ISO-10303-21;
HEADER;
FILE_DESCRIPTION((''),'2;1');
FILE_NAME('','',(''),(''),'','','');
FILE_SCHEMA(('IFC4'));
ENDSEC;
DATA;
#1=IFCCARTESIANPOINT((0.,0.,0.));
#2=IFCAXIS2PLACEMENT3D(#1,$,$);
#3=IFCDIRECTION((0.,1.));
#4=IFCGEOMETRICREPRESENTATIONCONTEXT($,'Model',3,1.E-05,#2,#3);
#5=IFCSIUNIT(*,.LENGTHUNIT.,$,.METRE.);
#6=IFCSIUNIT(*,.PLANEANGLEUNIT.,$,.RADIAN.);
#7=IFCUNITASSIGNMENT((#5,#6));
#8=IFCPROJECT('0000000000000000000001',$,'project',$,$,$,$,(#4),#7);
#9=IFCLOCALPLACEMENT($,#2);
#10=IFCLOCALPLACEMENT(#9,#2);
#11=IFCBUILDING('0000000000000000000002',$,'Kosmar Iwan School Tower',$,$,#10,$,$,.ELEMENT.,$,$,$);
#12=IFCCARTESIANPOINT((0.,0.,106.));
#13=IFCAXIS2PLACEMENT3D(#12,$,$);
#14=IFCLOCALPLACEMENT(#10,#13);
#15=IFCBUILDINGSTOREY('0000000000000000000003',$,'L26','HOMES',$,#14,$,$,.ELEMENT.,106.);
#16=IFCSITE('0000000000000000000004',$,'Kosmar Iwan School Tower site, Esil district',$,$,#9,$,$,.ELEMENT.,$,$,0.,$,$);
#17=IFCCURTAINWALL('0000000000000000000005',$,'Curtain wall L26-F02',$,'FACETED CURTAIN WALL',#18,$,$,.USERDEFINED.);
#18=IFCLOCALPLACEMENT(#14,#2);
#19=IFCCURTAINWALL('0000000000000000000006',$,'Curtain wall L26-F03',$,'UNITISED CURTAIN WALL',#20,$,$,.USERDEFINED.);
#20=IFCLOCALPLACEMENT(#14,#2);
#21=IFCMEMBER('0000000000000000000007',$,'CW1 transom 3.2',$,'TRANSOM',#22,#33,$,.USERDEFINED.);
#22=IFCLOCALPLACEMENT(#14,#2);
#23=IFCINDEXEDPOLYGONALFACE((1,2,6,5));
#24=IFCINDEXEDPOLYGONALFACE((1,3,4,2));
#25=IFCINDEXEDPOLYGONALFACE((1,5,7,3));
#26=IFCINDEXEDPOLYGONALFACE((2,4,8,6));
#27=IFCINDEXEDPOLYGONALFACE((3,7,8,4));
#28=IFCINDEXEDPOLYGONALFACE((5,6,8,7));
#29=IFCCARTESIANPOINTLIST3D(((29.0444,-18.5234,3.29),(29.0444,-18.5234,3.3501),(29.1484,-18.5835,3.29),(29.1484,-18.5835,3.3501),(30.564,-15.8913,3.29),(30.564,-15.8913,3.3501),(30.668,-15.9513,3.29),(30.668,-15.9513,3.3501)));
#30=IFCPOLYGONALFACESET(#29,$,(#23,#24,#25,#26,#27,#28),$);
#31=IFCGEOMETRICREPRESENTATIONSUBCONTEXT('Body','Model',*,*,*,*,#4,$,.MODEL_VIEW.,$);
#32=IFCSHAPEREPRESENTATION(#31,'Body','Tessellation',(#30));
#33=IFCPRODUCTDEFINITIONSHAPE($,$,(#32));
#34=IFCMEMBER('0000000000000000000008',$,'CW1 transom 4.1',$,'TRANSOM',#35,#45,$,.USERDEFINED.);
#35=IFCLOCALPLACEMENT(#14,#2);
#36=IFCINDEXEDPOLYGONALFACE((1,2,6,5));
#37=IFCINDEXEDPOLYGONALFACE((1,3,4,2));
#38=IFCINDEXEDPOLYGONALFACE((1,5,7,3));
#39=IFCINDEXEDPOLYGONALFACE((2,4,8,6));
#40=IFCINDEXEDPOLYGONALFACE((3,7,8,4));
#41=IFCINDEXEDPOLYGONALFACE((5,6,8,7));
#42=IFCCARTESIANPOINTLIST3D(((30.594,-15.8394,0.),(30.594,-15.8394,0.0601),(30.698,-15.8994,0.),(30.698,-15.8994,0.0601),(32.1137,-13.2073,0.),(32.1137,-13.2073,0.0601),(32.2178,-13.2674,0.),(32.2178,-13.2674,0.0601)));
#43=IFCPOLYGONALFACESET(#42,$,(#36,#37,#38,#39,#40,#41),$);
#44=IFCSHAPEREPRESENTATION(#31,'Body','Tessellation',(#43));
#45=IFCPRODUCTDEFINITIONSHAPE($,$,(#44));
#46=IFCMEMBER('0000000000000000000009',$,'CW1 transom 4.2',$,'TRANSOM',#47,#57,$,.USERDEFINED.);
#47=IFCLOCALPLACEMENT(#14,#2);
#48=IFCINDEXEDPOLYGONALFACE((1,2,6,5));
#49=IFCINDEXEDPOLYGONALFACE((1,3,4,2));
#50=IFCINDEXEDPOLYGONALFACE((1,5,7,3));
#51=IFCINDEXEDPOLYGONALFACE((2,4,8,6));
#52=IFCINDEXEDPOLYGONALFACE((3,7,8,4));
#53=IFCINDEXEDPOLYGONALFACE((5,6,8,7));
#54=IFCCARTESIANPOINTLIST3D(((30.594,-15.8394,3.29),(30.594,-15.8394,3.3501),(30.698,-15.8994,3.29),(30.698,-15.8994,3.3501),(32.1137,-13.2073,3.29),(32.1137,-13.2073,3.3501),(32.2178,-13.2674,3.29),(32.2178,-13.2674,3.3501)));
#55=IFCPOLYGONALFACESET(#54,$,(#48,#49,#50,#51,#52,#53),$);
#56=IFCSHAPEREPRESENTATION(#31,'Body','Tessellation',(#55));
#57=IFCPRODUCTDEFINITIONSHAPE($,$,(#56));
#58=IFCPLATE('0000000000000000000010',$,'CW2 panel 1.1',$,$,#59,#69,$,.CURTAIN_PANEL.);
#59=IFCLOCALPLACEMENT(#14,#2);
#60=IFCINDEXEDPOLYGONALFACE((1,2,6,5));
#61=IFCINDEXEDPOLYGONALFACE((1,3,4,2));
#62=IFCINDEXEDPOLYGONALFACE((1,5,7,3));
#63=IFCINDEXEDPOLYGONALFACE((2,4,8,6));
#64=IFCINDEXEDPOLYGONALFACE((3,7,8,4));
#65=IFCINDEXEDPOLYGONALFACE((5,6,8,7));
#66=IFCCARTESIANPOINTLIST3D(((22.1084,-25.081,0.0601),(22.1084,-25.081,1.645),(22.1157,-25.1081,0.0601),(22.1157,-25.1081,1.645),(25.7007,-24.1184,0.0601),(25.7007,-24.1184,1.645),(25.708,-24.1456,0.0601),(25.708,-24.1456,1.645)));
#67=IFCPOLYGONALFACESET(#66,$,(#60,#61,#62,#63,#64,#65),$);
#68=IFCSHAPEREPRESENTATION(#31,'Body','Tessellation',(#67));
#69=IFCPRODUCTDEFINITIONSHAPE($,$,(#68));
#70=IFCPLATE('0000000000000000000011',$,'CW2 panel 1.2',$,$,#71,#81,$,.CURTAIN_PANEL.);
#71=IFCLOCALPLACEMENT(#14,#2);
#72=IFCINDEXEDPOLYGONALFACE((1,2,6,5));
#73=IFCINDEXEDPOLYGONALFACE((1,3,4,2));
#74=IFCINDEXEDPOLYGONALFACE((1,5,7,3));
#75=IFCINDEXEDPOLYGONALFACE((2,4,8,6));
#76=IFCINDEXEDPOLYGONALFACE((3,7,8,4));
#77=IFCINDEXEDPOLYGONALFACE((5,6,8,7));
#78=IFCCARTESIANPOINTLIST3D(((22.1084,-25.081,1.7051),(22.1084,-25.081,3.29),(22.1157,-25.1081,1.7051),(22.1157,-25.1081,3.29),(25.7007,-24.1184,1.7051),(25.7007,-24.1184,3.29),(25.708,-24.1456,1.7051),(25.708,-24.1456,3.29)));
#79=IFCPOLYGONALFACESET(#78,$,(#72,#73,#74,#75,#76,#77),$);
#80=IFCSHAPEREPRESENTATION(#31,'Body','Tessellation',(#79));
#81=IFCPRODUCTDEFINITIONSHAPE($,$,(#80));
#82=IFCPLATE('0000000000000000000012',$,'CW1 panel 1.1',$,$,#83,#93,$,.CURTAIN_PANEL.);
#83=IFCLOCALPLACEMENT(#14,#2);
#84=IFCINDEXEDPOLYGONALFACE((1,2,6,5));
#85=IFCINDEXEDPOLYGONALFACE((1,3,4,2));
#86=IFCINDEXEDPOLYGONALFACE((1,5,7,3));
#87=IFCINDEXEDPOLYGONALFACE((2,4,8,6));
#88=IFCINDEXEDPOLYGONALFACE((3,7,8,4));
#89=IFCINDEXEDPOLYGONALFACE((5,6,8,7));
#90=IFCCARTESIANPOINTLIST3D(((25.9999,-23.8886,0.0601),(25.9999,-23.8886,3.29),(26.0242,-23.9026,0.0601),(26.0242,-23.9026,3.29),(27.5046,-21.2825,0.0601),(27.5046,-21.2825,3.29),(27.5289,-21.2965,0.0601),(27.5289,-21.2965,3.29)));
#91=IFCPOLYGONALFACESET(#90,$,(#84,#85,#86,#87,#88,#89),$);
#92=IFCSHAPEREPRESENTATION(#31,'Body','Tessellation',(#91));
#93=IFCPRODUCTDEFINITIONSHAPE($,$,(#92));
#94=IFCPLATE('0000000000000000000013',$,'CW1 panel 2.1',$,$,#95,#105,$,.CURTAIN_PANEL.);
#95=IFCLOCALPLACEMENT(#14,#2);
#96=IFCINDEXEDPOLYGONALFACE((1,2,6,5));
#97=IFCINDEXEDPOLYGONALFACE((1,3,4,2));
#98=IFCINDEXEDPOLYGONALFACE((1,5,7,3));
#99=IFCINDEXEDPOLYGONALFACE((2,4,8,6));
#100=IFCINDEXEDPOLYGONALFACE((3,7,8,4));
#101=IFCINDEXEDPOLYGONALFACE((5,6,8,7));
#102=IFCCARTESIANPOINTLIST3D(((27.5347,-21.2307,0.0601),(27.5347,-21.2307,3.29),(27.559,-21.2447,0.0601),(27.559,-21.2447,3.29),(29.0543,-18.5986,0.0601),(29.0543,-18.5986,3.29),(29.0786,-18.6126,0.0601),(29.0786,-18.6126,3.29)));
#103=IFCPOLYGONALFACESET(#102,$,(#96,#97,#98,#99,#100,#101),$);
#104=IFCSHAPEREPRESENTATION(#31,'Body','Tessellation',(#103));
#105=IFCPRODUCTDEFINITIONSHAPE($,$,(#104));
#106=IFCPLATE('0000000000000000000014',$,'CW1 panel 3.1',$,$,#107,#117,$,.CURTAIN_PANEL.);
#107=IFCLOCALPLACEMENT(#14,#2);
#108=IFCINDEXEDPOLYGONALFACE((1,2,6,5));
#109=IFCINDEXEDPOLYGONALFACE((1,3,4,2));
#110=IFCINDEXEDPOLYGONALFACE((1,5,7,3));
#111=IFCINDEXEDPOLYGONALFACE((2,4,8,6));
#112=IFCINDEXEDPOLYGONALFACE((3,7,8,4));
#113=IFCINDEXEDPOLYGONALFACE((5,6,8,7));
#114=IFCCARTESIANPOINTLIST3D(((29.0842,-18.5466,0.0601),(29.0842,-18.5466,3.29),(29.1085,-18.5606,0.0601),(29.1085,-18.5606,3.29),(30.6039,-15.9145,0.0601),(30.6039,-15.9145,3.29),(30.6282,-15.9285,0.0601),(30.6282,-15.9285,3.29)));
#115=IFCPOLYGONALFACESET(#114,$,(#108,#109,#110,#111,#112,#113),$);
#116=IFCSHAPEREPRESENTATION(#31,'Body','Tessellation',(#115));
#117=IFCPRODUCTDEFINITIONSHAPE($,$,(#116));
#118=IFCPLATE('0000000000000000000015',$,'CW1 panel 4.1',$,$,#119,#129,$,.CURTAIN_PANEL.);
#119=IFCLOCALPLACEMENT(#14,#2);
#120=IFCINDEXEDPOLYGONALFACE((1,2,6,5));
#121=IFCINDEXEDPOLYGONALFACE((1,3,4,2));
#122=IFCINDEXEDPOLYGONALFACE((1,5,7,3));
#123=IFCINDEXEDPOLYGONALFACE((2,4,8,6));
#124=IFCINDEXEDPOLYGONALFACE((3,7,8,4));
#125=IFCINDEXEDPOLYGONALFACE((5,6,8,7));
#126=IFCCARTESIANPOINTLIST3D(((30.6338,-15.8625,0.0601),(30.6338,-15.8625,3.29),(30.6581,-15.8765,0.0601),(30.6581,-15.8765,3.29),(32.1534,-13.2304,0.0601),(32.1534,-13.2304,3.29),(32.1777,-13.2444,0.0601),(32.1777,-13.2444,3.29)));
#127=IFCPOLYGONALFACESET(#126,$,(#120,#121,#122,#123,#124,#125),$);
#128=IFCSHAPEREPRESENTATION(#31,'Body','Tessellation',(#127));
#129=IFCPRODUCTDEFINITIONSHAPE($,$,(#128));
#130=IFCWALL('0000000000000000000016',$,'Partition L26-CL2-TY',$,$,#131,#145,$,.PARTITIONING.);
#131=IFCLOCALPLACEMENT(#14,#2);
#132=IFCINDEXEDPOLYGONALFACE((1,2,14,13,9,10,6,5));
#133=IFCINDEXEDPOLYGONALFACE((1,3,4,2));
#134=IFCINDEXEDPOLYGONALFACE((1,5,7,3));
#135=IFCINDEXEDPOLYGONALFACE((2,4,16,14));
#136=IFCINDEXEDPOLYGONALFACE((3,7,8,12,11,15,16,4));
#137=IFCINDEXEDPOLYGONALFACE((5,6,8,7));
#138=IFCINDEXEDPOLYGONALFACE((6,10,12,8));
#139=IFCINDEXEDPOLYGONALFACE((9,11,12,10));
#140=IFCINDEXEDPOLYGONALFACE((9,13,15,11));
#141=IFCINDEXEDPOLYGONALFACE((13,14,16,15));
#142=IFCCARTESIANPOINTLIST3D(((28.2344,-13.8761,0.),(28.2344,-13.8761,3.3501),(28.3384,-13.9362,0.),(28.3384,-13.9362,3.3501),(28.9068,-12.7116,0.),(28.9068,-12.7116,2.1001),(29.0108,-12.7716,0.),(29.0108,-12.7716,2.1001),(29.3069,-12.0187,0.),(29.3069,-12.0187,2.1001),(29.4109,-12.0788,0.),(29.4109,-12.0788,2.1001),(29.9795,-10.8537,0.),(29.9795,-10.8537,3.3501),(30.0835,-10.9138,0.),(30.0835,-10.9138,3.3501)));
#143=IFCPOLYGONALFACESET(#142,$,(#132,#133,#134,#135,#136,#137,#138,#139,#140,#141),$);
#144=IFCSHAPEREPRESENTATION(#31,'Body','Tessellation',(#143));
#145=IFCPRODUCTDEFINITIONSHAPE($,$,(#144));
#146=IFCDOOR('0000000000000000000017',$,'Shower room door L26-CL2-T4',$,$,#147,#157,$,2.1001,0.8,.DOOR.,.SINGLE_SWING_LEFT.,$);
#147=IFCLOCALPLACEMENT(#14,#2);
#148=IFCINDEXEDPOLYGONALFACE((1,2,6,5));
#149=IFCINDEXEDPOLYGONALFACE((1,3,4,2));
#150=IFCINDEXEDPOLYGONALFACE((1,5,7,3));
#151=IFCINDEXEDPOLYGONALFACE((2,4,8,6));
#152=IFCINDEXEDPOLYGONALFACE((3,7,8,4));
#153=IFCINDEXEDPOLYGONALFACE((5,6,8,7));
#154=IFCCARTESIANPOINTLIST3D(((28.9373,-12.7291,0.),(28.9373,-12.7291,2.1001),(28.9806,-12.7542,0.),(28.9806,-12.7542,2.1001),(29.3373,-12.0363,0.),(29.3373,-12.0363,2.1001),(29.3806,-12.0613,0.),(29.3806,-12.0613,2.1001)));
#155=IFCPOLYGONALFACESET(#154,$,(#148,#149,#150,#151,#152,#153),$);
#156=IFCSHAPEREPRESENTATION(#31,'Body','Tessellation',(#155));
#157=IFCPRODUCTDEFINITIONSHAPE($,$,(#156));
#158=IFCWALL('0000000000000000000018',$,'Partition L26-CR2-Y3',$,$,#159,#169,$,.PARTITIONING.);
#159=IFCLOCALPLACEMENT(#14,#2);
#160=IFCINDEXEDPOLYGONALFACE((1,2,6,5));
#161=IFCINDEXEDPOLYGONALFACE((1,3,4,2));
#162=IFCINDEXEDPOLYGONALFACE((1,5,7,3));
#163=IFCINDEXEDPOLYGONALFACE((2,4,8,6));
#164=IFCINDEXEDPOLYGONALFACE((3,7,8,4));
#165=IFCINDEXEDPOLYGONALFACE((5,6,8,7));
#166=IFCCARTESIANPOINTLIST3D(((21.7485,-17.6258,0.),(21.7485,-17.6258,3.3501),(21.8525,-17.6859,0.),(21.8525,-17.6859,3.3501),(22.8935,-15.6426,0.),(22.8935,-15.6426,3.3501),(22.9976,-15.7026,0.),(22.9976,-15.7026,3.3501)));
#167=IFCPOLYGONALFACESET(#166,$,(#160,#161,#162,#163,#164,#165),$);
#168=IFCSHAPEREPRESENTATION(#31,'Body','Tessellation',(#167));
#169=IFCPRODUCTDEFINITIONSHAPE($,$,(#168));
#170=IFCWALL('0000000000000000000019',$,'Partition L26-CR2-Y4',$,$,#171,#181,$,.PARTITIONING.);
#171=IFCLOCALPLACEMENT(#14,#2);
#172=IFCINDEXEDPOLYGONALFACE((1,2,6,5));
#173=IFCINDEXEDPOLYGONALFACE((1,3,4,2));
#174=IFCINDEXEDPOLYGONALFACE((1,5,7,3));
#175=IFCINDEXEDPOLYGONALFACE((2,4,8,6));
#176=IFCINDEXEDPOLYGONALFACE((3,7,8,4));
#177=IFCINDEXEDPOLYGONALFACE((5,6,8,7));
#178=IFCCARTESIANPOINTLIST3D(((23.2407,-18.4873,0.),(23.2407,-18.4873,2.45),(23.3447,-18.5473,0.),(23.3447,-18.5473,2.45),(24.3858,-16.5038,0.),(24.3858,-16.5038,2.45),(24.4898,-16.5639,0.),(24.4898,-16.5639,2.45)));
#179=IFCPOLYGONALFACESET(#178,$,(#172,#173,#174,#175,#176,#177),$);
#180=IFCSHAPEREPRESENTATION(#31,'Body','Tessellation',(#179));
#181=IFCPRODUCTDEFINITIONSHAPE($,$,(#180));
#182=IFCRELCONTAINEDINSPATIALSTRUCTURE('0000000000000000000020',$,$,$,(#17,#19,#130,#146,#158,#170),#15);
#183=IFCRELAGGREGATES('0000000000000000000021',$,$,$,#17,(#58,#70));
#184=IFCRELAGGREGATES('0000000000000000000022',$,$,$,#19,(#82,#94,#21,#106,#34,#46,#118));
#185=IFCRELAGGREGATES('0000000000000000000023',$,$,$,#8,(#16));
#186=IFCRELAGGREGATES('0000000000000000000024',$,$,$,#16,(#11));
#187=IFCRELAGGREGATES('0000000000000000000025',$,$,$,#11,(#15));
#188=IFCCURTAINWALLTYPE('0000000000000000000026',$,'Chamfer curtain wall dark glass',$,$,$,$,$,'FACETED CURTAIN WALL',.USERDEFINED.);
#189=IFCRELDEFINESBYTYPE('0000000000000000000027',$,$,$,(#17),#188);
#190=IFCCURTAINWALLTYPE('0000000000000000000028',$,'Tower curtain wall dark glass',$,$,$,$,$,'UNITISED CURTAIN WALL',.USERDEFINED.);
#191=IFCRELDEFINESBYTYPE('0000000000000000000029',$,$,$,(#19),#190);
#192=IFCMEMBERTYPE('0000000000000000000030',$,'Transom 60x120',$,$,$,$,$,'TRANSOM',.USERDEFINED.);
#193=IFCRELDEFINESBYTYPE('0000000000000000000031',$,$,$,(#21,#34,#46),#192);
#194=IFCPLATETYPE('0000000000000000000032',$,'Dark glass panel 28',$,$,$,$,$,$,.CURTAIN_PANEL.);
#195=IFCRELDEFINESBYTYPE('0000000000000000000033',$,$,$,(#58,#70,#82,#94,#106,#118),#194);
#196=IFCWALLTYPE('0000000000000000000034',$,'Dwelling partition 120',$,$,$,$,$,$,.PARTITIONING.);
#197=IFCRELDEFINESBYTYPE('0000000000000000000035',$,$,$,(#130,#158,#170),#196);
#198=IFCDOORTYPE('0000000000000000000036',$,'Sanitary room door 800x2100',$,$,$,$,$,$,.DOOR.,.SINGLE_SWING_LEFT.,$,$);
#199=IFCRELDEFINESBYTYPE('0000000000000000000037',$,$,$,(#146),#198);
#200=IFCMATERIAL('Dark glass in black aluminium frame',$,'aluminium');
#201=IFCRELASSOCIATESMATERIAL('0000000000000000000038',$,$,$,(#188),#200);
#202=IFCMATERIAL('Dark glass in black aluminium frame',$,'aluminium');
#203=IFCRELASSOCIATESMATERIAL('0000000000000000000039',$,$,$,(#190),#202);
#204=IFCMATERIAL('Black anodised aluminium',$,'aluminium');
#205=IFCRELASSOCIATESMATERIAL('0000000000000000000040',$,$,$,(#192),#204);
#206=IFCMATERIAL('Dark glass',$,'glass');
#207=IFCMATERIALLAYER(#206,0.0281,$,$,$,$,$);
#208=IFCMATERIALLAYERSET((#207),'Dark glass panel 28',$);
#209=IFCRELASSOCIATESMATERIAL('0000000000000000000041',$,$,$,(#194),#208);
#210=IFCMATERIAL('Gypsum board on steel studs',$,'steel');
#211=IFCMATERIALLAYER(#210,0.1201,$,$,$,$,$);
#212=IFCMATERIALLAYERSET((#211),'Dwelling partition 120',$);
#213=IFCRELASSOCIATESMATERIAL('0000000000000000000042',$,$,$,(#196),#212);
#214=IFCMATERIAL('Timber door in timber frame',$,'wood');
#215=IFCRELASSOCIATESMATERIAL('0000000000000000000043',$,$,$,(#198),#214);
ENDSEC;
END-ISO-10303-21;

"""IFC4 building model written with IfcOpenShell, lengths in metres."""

from ifc_helpers import new_model, si_unit, direction, frame, frame_2d, origin, origin_2d, place, context, subcontext, project, spatial, rectangle, extrude, material, layer, layer_set, material_profile, profile_set, type_object, element, fill, aggregate, save


model = new_model("IFC4")

# Units and contexts
model_context = context("Model", 3, precision=1e-05, world=origin(), true_north=direction((0.0, 1.0)))
body_context = subcontext(model_context, "Body", "Model", "MODEL_VIEW")
ifc_project = project(units=[si_unit("LENGTHUNIT", "METRE"), si_unit("PLANEANGLEUNIT", "RADIAN")], contexts=[model_context])

# Site, building, storey
site_placement = place(None, origin())
site = spatial("IfcSite", under=ifc_project, at=site_placement, Name="Kosmar Iwan School Tower site, Esil district", CompositionType="ELEMENT", RefElevation=0.0)
building_placement = place(site_placement, origin())
building = spatial("IfcBuilding", under=site, at=building_placement, Name="Kosmar Iwan School Tower", CompositionType="ELEMENT")
storey_placement = place(building_placement, frame((0.0, 0.0, 106.0)))
storey = spatial("IfcBuildingStorey", under=building, at=storey_placement, Name="L26", Description="HOMES", CompositionType="ELEMENT", Elevation=106.0)

# Curtain wall
ifc_material_1 = material(Name="Dark glass in black aluminium frame", Category="aluminium")
curtain_wall_type_1 = type_object("IfcCurtainWallType", Name="Chamfer curtain wall dark glass", ElementType="FACETED CURTAIN WALL", PredefinedType="USERDEFINED", material=ifc_material_1)
curtain_wall_1_placement = place(storey_placement, origin())
curtain_wall_1 = element("IfcCurtainWall", 1, at=curtain_wall_1_placement, inside=storey, type_object=curtain_wall_type_1, Name="Curtain wall L26-F02", ObjectType="FACETED CURTAIN WALL", PredefinedType="USERDEFINED")

# Curtain wall
ifc_material_2 = material(Name="Dark glass in black aluminium frame", Category="aluminium")
curtain_wall_type_2 = type_object("IfcCurtainWallType", Name="Tower curtain wall dark glass", ElementType="UNITISED CURTAIN WALL", PredefinedType="USERDEFINED", material=ifc_material_2)
curtain_wall_2_placement = place(storey_placement, origin())
curtain_wall_2 = element("IfcCurtainWall", 2, at=curtain_wall_2_placement, inside=storey, type_object=curtain_wall_type_2, Name="Curtain wall L26-F03", ObjectType="UNITISED CURTAIN WALL", PredefinedType="USERDEFINED")

# Members
ifc_material_3 = material(Name="Black anodised aluminium", Category="aluminium")
ifc_material_profile_1 = material_profile(ifc_material_3, rectangle(XDim=0.1201, YDim=0.0601, at=origin_2d()), Name="TRANSOM 60x120")
ifc_profile_set_1 = profile_set([ifc_material_profile_1], Name="Black anodised aluminium")
member_type_1 = type_object("IfcMemberType", Name="Transom 60x120", ElementType="TRANSOM", PredefinedType="USERDEFINED", material=ifc_profile_set_1)
member_1_placement = place(storey_placement, frame((29.0964, -18.5535, 3.3201), z_axis=(0.499975, 0.86604, 0.0), x_axis=(-0.86604, 0.499975, 0.0)))
member_1 = element("IfcMember", 3, at=member_1_placement, type_object=member_type_1, Name="CW1 transom 3.2", ObjectType="TRANSOM", PredefinedType="USERDEFINED", context=body_context, shape_type="SweptSolid", body=[
    extrude(rectangle(XDim=0.1201, YDim=0.0601, at=origin_2d()), origin(), (0.0, 0.0, 1.0), 3.0393),
])
member_2_placement = place(storey_placement, frame((30.646, -15.8694, 0.03), z_axis=(0.500035, 0.866005, 0.0), x_axis=(-0.866005, 0.500035, 0.0)))
member_2 = element("IfcMember", 4, at=member_2_placement, type_object=member_type_1, Name="CW1 transom 4.1", ObjectType="TRANSOM", PredefinedType="USERDEFINED", context=body_context, shape_type="SweptSolid", body=[
    extrude(rectangle(XDim=0.1201, YDim=0.0601, at=origin_2d()), origin(), (0.0, 0.0, 1.0), 3.0393),
])
member_3_placement = place(storey_placement, frame((30.646, -15.8694, 3.3201), z_axis=(0.500035, 0.866005, 0.0), x_axis=(-0.866005, 0.500035, 0.0)))
member_3 = element("IfcMember", 5, at=member_3_placement, type_object=member_type_1, Name="CW1 transom 4.2", ObjectType="TRANSOM", PredefinedType="USERDEFINED", context=body_context, shape_type="SweptSolid", body=[
    extrude(rectangle(XDim=0.1201, YDim=0.0601, at=origin_2d()), origin(), (0.0, 0.0, 1.0), 3.0393),
])

# Plates
ifc_material_4 = material(Name="Dark glass", Category="glass")
ifc_layer_1 = layer(ifc_material_4, 0.0281)
ifc_layer_set_1 = layer_set([ifc_layer_1], Name="Dark glass panel 28")
plate_type = type_object("IfcPlateType", Name="Dark glass panel 28", PredefinedType="CURTAIN_PANEL", material=ifc_layer_set_1)
plate_1_placement = place(storey_placement, frame((23.9082, -24.6133, 0.0601), z_axis=(0.0, 0.0, 1.0), x_axis=(0.965926, 0.258819, 0.0)))
plate_1 = element("IfcPlate", 6, at=plate_1_placement, type_object=plate_type, Name="CW2 panel 1.1", PredefinedType="CURTAIN_PANEL", context=body_context, shape_type="SweptSolid", body=[
    extrude(rectangle(XDim=3.719, YDim=0.0281, at=origin_2d()), origin(), (0.0, 0.0, 1.0), 1.585),
])
plate_2_placement = place(storey_placement, frame((23.9082, -24.6133, 1.7051), z_axis=(0.0, 0.0, 1.0), x_axis=(0.965926, 0.258819, 0.0)))
plate_2 = element("IfcPlate", 7, at=plate_2_placement, type_object=plate_type, Name="CW2 panel 1.2", PredefinedType="CURTAIN_PANEL", context=body_context, shape_type="SweptSolid", body=[
    extrude(rectangle(XDim=3.719, YDim=0.0281, at=origin_2d()), origin(), (0.0, 0.0, 1.0), 1.585),
])
aggregate(curtain_wall_1, [plate_1, plate_2])
plate_3_placement = place(storey_placement, frame((26.7644, -22.5925, 0.0601), z_axis=(0.0, 0.0, 1.0), x_axis=(0.5, 0.866025, 0.0)))
plate_3 = element("IfcPlate", 8, at=plate_3_placement, type_object=plate_type, Name="CW1 panel 1.1", PredefinedType="CURTAIN_PANEL", context=body_context, shape_type="SweptSolid", body=[
    extrude(rectangle(XDim=3.0093, YDim=0.0281, at=origin_2d()), origin(), (0.0, 0.0, 1.0), 3.23),
])
plate_4_placement = place(storey_placement, frame((28.3066, -19.9216, 0.0601), z_axis=(0.0, 0.0, 1.0), x_axis=(0.5, 0.866025, 0.0)))
plate_4 = element("IfcPlate", 9, at=plate_4_placement, type_object=plate_type, Name="CW1 panel 2.1", PredefinedType="CURTAIN_PANEL", context=body_context, shape_type="SweptSolid", body=[
    extrude(rectangle(XDim=3.0393, YDim=0.0281, at=origin_2d()), origin(), (0.0, 0.0, 1.0), 3.23),
])
plate_5_placement = place(storey_placement, frame((29.8562, -17.2375, 0.0601), z_axis=(0.0, 0.0, 1.0), x_axis=(0.5, 0.866025, 0.0)))
plate_5 = element("IfcPlate", 10, at=plate_5_placement, type_object=plate_type, Name="CW1 panel 3.1", PredefinedType="CURTAIN_PANEL", context=body_context, shape_type="SweptSolid", body=[
    extrude(rectangle(XDim=3.0393, YDim=0.0281, at=origin_2d()), origin(), (0.0, 0.0, 1.0), 3.23),
])
plate_6_placement = place(storey_placement, frame((31.4058, -14.5535, 0.0601), z_axis=(0.0, 0.0, 1.0), x_axis=(0.5, 0.866025, 0.0)))
plate_6 = element("IfcPlate", 11, at=plate_6_placement, type_object=plate_type, Name="CW1 panel 4.1", PredefinedType="CURTAIN_PANEL", context=body_context, shape_type="SweptSolid", body=[
    extrude(rectangle(XDim=3.0393, YDim=0.0281, at=origin_2d()), origin(), (0.0, 0.0, 1.0), 3.23),
])
aggregate(curtain_wall_2, [plate_3, plate_4, member_1, plate_5, member_2, member_3, plate_6])

# Wall, opening, door
ifc_material_5 = material(Name="Gypsum board on steel studs", Category="steel")
ifc_layer_2 = layer(ifc_material_5, 0.1201)
ifc_layer_set_2 = layer_set([ifc_layer_2], Name="Dwelling partition 120")
wall_type = type_object("IfcWallType", Name="Dwelling partition 120", PredefinedType="PARTITIONING", material=ifc_layer_set_2)
wall_1_placement = place(storey_placement, frame((28.2864, -13.9062, 0.0), z_axis=(0.0, 0.0, 1.0), x_axis=(0.500021, 0.866013, 0.0)))
wall_1 = element("IfcWall", 12, at=wall_1_placement, inside=storey, type_object=wall_type, Name="Partition L26-CL2-TY", PredefinedType="PARTITIONING", context=body_context, shape_type="SweptSolid", body=[
    extrude(rectangle(XDim=3.49, YDim=0.1201, at=frame_2d((1.7451, 0.0))), origin(), (0.0, 0.0, 1.0), 3.3501),
])
opening_placement = place(wall_1_placement, frame((1.345, 0.0, 0.0)))
opening = element("IfcOpeningElement", 13, at=opening_placement, cuts=wall_1, PredefinedType="OPENING", context=body_context, shape_type="SweptSolid", body=[
    extrude(rectangle(XDim=0.8, YDim=2.1001, at=frame_2d((0.3999, 1.05))), frame((0.0, 0.072, 0.0), z_axis=(0.0, -1.0, 0.0), x_axis=(1.0, 0.0, 0.0)), (0.0, 0.0, 1.0), 0.144),
])
ifc_material_6 = material(Name="Timber door in timber frame", Category="wood")
door_type = type_object("IfcDoorType", Name="Sanitary room door 800x2100", OperationType="SINGLE_SWING_LEFT", PredefinedType="DOOR", material=ifc_material_6)
door_placement = place(opening_placement, origin())
door = element("IfcDoor", 14, at=door_placement, inside=storey, type_object=door_type, Name="Shower room door L26-CL2-T4", OperationType="SINGLE_SWING_LEFT", OverallHeight=2.1001, OverallWidth=0.8, PredefinedType="DOOR", context=body_context, shape_type="SweptSolid", body=[
    extrude(rectangle(XDim=0.8, YDim=2.1001, at=frame_2d((0.3999, 1.05))), frame((0.0, 0.0249, 0.0), z_axis=(0.0, -1.0, 0.0), x_axis=(1.0, 0.0, 0.0)), (0.0, 0.0, 1.0), 0.05),
])
fill(opening, door)

# Walls
wall_2_placement = place(storey_placement, frame((22.9456, -15.6726, 0.0), z_axis=(0.0, 0.0, 1.0), x_axis=(-0.500015, -0.866017, 0.0)))
element("IfcWall", 15, at=wall_2_placement, inside=storey, type_object=wall_type, Name="Partition L26-CR2-Y3", PredefinedType="PARTITIONING", context=body_context, shape_type="SweptSolid", body=[
    extrude(rectangle(XDim=2.29, YDim=0.1201, at=frame_2d((1.145, 0.0))), origin(), (0.0, 0.0, 1.0), 3.3501),
])
wall_3_placement = place(storey_placement, frame((24.4377, -16.5339, 0.0), z_axis=(0.0, 0.0, 1.0), x_axis=(-0.499969, -0.866044, 0.0)))
element("IfcWall", 16, at=wall_3_placement, inside=storey, type_object=wall_type, Name="Partition L26-CR2-Y4", PredefinedType="PARTITIONING", context=body_context, shape_type="SweptSolid", body=[
    extrude(rectangle(XDim=2.2903, YDim=0.1201, at=frame_2d((1.145, 0.0))), origin(), (0.0, 0.0, 1.0), 2.45),
])

save(model, "model.ifc")
